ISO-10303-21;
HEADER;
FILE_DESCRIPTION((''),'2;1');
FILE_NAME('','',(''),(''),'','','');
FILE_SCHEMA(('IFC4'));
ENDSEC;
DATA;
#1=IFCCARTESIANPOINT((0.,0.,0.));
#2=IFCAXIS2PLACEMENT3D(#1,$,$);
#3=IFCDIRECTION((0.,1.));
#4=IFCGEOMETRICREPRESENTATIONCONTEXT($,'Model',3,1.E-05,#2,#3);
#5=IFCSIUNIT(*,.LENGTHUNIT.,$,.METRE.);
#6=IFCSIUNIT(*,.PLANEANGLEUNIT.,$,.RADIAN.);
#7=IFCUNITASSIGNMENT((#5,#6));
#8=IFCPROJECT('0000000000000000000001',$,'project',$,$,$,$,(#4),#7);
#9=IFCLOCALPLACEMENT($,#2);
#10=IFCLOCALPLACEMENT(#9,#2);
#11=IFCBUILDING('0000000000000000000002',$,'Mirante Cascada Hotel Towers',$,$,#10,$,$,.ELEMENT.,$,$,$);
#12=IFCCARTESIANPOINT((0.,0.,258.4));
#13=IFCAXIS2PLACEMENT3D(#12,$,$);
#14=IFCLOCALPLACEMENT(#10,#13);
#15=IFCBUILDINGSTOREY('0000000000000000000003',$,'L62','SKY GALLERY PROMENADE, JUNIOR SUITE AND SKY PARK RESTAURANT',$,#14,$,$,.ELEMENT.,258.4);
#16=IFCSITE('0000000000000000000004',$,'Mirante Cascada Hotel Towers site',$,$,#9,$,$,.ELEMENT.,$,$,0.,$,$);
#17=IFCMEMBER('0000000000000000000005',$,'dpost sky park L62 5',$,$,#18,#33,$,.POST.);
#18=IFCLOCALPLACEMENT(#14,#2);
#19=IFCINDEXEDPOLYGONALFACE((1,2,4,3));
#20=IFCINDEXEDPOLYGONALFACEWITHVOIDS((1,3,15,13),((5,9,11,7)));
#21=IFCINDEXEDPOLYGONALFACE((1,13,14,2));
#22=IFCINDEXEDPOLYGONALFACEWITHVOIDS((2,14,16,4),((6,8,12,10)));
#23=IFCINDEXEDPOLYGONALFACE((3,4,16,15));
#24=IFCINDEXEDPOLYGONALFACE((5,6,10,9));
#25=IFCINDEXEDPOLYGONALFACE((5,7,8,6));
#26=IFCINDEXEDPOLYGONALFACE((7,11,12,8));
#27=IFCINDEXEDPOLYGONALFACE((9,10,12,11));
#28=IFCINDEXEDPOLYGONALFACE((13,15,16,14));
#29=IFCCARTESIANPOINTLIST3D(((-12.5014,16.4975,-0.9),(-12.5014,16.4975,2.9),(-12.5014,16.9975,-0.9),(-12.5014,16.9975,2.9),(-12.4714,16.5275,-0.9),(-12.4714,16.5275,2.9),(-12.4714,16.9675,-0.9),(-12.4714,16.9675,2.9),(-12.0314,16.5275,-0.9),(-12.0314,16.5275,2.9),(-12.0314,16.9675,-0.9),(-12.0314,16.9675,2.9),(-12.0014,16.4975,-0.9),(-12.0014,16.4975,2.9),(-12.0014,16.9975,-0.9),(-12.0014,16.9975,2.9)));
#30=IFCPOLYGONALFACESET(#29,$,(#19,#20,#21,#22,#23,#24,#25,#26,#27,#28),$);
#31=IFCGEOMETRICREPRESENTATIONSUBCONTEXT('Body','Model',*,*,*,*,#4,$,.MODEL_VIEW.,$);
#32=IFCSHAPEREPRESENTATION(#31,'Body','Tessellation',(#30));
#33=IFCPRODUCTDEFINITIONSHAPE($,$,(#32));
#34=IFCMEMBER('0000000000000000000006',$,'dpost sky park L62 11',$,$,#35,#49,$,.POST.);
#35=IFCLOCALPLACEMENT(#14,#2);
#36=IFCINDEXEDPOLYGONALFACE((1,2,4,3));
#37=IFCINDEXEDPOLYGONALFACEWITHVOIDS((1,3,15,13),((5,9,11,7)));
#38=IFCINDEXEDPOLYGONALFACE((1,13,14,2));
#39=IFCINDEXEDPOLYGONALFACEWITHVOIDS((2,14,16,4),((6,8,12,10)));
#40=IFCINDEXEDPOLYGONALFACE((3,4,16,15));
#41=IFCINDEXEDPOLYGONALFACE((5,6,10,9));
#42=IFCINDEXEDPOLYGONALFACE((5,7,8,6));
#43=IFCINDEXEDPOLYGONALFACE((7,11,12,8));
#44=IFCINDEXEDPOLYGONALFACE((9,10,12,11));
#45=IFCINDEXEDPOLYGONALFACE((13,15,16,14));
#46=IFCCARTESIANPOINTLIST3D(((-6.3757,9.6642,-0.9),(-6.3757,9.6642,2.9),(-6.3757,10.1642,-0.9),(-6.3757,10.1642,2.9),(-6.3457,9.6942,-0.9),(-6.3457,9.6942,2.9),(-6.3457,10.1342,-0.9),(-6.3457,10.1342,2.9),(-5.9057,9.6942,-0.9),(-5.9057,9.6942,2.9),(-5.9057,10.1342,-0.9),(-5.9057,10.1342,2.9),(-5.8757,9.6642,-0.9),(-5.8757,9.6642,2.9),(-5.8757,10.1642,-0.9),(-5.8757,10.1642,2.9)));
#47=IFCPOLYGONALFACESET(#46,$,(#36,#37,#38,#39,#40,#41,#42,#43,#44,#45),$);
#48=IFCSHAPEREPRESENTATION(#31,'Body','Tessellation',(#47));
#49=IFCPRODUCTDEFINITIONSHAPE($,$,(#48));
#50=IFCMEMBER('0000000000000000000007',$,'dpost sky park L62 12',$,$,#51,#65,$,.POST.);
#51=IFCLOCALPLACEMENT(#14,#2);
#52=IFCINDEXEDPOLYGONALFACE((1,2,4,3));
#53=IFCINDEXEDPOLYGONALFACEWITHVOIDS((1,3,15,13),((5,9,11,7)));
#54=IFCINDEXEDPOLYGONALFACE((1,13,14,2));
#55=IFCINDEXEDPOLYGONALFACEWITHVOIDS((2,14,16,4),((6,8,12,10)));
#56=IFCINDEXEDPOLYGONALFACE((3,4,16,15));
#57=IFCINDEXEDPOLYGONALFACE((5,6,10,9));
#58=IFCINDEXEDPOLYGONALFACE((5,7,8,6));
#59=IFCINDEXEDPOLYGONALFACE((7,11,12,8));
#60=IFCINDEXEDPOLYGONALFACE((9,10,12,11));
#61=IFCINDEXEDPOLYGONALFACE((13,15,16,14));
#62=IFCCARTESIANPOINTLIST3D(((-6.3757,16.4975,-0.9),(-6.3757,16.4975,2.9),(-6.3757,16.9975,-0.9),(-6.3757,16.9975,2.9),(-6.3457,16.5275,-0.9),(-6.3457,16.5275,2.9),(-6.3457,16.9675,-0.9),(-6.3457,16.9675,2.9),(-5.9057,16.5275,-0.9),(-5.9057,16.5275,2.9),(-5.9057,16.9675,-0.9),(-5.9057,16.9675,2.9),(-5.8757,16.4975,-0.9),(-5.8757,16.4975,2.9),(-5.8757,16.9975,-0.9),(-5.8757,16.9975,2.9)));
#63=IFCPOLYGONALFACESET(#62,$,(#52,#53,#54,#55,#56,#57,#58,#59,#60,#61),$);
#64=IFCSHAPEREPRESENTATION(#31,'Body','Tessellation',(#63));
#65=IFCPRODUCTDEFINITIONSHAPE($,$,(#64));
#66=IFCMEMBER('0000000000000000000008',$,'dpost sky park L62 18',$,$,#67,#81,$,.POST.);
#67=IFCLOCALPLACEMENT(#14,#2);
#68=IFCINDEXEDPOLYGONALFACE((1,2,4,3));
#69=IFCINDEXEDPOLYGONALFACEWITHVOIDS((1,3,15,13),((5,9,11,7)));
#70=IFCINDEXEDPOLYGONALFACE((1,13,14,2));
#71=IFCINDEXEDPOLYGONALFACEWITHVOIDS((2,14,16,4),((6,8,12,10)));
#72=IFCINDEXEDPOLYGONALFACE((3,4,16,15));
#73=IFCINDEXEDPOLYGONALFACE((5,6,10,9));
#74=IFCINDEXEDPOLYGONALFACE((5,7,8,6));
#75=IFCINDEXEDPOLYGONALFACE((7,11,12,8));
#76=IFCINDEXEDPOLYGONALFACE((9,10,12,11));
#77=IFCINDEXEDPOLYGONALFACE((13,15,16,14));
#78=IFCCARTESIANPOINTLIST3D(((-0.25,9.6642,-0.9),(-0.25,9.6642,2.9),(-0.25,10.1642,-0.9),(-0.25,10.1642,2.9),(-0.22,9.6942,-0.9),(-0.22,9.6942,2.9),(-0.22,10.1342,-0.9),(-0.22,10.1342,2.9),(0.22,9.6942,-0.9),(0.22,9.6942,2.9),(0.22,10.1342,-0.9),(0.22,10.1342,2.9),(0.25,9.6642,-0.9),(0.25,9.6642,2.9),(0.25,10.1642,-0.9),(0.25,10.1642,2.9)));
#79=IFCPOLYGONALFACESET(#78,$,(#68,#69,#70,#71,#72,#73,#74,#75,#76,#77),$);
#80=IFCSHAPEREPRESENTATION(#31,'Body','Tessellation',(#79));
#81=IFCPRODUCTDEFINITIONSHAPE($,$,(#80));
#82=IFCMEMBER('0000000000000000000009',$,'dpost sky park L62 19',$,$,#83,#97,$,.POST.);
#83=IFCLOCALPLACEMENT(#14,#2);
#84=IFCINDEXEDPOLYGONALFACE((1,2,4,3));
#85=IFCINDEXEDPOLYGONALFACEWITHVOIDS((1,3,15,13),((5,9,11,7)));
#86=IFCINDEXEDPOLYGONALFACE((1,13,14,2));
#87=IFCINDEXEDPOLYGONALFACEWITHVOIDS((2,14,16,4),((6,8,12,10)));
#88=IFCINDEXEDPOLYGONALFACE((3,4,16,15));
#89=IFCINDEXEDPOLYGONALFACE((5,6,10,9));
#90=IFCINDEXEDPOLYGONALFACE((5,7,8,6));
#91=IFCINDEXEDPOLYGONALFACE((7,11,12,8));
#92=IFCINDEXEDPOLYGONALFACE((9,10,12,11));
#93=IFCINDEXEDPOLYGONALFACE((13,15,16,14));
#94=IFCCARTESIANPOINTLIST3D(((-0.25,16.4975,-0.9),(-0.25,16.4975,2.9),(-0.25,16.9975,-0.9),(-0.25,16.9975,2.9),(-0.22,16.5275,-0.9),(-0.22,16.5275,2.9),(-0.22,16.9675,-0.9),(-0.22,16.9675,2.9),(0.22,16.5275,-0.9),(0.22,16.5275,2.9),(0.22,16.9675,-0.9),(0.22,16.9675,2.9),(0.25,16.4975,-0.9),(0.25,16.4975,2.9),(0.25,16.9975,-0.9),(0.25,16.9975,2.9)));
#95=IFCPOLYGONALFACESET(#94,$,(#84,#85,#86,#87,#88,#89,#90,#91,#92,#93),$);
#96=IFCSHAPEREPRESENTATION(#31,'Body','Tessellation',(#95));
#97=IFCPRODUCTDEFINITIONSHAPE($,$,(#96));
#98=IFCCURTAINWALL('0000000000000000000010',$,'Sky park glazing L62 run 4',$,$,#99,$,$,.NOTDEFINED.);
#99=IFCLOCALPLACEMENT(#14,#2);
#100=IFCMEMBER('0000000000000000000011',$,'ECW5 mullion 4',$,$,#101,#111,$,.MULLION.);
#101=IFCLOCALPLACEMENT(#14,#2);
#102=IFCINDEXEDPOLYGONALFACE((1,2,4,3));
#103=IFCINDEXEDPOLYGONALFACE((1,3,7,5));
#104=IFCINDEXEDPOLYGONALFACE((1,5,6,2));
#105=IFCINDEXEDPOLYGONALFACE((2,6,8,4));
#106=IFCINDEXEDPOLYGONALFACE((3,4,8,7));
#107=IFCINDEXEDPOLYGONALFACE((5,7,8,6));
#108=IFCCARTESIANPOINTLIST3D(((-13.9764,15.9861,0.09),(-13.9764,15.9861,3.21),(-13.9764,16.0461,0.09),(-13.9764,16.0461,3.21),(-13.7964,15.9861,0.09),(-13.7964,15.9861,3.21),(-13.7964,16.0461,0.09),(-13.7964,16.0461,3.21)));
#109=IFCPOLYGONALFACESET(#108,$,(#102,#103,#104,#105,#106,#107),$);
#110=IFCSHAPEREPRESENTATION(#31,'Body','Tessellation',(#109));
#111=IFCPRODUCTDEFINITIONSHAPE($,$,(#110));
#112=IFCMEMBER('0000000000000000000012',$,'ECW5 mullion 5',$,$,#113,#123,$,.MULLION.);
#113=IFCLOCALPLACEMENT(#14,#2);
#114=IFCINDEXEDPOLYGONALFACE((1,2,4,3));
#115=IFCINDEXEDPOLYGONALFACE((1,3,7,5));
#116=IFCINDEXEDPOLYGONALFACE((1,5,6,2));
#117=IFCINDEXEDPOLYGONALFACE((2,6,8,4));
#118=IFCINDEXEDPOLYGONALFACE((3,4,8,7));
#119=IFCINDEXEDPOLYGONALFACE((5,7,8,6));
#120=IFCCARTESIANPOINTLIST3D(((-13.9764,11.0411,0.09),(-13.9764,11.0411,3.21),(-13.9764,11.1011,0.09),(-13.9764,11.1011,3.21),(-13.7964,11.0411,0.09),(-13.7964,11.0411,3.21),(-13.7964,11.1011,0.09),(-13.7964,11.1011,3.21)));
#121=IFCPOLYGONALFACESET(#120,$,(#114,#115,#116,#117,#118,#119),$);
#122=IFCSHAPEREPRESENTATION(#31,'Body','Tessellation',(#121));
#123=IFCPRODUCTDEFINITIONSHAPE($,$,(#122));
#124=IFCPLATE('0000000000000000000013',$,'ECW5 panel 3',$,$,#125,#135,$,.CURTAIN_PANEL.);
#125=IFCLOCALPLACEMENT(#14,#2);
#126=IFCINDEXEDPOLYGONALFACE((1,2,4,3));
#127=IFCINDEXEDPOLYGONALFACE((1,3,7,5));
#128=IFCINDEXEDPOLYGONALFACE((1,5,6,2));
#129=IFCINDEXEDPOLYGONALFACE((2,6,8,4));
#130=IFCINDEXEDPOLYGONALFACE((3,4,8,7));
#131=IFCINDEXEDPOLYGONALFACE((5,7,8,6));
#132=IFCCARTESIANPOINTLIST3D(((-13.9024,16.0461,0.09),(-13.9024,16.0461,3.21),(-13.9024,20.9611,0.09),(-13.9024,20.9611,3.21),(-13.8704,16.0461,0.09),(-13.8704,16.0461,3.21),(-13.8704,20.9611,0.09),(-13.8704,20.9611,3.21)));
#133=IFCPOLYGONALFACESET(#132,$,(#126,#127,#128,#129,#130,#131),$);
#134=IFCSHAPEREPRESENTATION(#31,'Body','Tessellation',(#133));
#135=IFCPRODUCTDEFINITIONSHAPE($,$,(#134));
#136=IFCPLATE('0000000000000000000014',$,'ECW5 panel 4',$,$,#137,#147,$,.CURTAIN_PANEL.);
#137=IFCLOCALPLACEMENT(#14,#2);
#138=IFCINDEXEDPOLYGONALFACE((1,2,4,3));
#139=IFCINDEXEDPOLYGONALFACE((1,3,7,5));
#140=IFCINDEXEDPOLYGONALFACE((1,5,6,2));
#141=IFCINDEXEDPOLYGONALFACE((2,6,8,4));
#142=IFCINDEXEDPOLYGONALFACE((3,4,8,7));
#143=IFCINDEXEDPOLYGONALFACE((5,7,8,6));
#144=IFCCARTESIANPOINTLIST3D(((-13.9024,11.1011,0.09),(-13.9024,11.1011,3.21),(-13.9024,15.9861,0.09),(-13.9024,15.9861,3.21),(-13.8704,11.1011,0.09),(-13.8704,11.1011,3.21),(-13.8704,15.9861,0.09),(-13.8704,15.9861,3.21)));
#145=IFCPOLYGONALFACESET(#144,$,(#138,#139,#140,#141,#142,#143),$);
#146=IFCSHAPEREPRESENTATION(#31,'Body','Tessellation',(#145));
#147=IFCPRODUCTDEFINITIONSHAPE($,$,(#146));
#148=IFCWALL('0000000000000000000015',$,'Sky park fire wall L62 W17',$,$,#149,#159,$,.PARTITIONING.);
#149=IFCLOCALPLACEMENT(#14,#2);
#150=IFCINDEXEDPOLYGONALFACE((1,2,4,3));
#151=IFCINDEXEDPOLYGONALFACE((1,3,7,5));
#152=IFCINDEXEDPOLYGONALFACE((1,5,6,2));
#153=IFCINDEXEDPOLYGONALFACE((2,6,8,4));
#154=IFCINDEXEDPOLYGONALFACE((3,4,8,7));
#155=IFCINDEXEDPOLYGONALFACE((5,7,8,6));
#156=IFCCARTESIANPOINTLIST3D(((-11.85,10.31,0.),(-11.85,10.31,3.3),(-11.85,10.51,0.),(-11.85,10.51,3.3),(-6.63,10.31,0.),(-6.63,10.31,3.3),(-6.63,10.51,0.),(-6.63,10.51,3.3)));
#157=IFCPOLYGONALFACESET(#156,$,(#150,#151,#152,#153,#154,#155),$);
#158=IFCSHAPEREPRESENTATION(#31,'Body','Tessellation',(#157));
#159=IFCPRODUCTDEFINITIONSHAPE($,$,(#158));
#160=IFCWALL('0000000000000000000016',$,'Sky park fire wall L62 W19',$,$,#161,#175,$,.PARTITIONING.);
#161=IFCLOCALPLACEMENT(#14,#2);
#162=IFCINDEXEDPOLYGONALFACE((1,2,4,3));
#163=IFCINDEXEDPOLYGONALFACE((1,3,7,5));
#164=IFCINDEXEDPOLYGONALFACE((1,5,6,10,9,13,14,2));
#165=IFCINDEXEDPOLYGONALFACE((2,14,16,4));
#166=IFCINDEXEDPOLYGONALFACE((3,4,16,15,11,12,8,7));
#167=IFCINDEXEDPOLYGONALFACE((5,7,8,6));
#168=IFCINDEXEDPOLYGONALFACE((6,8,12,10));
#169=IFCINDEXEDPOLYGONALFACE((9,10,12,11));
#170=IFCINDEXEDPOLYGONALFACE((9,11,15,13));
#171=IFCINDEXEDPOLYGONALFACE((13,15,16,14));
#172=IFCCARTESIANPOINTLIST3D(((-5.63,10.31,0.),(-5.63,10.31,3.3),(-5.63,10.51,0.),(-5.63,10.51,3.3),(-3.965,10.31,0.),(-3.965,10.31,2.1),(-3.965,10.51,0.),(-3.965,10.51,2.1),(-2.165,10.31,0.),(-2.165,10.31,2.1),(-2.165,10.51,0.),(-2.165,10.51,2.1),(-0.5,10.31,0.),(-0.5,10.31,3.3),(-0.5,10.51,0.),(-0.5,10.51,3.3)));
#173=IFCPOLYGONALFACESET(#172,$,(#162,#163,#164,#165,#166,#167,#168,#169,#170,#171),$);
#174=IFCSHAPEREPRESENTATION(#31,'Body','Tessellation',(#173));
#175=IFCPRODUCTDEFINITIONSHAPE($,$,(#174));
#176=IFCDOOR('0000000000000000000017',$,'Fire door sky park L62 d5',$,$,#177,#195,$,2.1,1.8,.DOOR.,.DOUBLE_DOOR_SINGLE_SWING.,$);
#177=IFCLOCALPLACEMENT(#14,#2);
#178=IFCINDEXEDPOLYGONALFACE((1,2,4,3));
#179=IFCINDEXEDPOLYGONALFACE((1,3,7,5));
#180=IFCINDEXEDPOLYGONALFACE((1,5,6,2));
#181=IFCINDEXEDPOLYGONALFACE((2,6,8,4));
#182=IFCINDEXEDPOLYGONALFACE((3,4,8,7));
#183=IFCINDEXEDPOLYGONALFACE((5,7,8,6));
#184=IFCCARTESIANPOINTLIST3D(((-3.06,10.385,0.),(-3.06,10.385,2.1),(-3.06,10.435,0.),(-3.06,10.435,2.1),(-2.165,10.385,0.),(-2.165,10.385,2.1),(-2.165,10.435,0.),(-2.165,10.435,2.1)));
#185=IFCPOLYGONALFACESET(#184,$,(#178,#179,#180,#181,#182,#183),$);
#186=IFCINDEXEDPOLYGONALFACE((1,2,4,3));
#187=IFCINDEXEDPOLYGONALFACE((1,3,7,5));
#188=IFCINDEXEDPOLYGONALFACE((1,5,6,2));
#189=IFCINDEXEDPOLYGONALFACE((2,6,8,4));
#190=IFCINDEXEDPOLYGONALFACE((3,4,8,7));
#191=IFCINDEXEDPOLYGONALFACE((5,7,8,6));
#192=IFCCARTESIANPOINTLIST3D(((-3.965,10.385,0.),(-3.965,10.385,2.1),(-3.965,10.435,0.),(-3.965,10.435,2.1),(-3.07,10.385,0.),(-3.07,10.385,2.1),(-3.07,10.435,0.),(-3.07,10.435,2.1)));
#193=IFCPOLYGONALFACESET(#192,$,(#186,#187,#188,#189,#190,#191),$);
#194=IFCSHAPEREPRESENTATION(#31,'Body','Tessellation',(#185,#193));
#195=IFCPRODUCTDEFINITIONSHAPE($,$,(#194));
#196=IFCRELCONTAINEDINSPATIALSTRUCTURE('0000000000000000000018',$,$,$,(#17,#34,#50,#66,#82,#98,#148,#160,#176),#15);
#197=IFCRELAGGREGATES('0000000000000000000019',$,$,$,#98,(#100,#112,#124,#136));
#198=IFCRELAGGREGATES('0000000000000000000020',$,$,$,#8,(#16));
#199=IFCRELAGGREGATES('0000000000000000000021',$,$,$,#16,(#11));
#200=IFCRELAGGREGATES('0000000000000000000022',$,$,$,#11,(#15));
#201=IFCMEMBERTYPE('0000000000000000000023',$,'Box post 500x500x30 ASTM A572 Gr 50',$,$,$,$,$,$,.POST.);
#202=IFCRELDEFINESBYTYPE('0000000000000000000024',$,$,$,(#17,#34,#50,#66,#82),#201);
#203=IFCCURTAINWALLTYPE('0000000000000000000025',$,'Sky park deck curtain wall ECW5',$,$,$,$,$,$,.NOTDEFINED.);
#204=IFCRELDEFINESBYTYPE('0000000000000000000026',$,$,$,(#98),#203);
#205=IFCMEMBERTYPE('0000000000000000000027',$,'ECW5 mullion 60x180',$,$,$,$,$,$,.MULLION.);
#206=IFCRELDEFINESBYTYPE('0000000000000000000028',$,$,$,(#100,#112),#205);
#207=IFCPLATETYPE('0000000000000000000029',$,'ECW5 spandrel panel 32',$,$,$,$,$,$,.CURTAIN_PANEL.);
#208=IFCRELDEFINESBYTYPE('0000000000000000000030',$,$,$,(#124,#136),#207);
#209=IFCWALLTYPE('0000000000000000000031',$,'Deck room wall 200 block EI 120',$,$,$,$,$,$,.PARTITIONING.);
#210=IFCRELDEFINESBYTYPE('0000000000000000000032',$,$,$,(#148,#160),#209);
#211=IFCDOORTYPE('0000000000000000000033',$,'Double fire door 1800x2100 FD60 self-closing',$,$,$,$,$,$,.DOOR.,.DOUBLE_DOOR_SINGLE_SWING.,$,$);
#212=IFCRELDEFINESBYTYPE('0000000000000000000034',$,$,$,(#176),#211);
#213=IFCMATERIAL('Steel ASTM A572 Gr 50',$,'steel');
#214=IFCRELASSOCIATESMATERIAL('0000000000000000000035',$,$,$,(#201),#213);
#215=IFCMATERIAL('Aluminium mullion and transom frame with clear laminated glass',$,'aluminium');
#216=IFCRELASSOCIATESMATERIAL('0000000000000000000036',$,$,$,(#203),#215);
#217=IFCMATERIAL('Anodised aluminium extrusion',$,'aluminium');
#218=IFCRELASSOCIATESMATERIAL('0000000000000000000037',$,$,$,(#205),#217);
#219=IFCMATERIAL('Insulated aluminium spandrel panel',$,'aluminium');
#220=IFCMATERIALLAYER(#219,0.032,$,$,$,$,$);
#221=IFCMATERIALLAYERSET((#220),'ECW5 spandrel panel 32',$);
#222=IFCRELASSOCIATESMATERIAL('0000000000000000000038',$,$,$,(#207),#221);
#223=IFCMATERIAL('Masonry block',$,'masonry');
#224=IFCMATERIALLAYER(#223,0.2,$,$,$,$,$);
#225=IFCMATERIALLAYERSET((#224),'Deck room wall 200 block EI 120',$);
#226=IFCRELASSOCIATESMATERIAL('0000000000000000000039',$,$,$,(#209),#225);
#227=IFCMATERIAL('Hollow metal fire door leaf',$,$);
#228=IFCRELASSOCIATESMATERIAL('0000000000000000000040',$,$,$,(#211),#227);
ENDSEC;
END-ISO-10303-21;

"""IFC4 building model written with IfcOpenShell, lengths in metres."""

from ifc_helpers import new_model, si_unit, direction, frame, frame_2d, origin, origin_2d, place, context, subcontext, project, spatial, rectangle, hollow_rectangle, extrude, material, layer, layer_set, material_profile, profile_set, type_object, element, fill, aggregate, save


model = new_model("IFC4")

# Units and contexts
model_context = context("Model", 3, precision=1e-05, world=origin(), true_north=direction((0.0, 1.0)))
body_context = subcontext(model_context, "Body", "Model", "MODEL_VIEW")
ifc_project = project(units=[si_unit("LENGTHUNIT", "METRE"), si_unit("PLANEANGLEUNIT", "RADIAN")], contexts=[model_context])

# Site, building, storey
site_placement = place(None, origin())
site = spatial("IfcSite", under=ifc_project, at=site_placement, Name="Mirante Cascada Hotel Towers site", CompositionType="ELEMENT", RefElevation=0.0)
building_placement = place(site_placement, origin())
building = spatial("IfcBuilding", under=site, at=building_placement, Name="Mirante Cascada Hotel Towers", CompositionType="ELEMENT")
storey_placement = place(building_placement, frame((0.0, 0.0, 258.4)))
storey = spatial("IfcBuildingStorey", under=building, at=storey_placement, Name="L62", Description="SKY GALLERY PROMENADE, JUNIOR SUITE AND SKY PARK RESTAURANT", CompositionType="ELEMENT", Elevation=258.4)

# Members
ifc_material_1 = material(Name="Steel ASTM A572 Gr 50", Category="steel")
ifc_material_profile_1 = material_profile(ifc_material_1, hollow_rectangle(XDim=0.5, YDim=0.5, WallThickness=0.03, at=origin_2d()), Name="Box post 500x500x30 ASTM A572 Gr 50")
ifc_profile_set_1 = profile_set([ifc_material_profile_1], Name="Steel ASTM A572 Gr 50")
member_type_1 = type_object("IfcMemberType", Name="Box post 500x500x30 ASTM A572 Gr 50", PredefinedType="POST", material=ifc_profile_set_1)
for number, where, z_axis, x_axis, name in (
    (1, (-12.2514, 16.7475, -0.9), (0.0, 0.0, 1.0), (1.0, 0.0, 0.0), "dpost sky park L62 5"),
    (2, (-6.1257, 9.9142, -0.9), (0.0, 0.0, 1.0), (1.0, 0.0, 0.0), "dpost sky park L62 11"),
    (3, (-6.1257, 16.7475, -0.9), (0.0, 0.0, 1.0), (1.0, 0.0, 0.0), "dpost sky park L62 12"),
    (4, (0.0, 9.9142, -0.9), (0.0, 0.0, 1.0), (1.0, 0.0, 0.0), "dpost sky park L62 18"),
    (5, (0.0, 16.7475, -0.9), (0.0, 0.0, 1.0), (1.0, 0.0, 0.0), "dpost sky park L62 19"),
):
    element("IfcMember", number, at=place(storey_placement, frame(where, z_axis=z_axis, x_axis=x_axis)), inside=storey, type_object=member_type_1, Name=name, PredefinedType="POST", context=body_context, shape_type="SweptSolid", body=[
        extrude(hollow_rectangle(XDim=0.5, YDim=0.5, WallThickness=0.03, at=origin_2d()), origin(), (0.0, 0.0, 1.0), 3.8),
    ])

# Curtain wall, members, plates
ifc_material_2 = material(Name="Aluminium mullion and transom frame with clear laminated glass", Category="aluminium")
curtain_wall_type = type_object("IfcCurtainWallType", Name="Sky park deck curtain wall ECW5", PredefinedType="NOTDEFINED", material=ifc_material_2)
curtain_wall_placement = place(storey_placement, origin())
curtain_wall = element("IfcCurtainWall", 6, at=curtain_wall_placement, inside=storey, type_object=curtain_wall_type, Name="Sky park glazing L62 run 4", PredefinedType="NOTDEFINED")
ifc_material_3 = material(Name="Anodised aluminium extrusion", Category="aluminium")
ifc_material_profile_2 = material_profile(ifc_material_3, rectangle(XDim=0.18, YDim=0.06, at=origin_2d()), Name="ECW5 MULLION 60x180")
ifc_profile_set_2 = profile_set([ifc_material_profile_2], Name="Anodised aluminium extrusion")
member_type_2 = type_object("IfcMemberType", Name="ECW5 mullion 60x180", PredefinedType="MULLION", material=ifc_profile_set_2)
member_1_placement = place(storey_placement, frame((-13.8864, 16.0161, 0.09), z_axis=(0.0, 0.0, 1.0), x_axis=(1.0, 0.0, 0.0)))
member_1 = element("IfcMember", 7, at=member_1_placement, type_object=member_type_2, Name="ECW5 mullion 4", PredefinedType="MULLION", context=body_context, shape_type="SweptSolid", body=[
    extrude(rectangle(XDim=0.18, YDim=0.06, at=origin_2d()), origin(), (0.0, 0.0, 1.0), 3.12),
])
member_2_placement = place(storey_placement, frame((-13.8864, 11.0711, 0.09), z_axis=(0.0, 0.0, 1.0), x_axis=(1.0, 0.0, 0.0)))
member_2 = element("IfcMember", 8, at=member_2_placement, type_object=member_type_2, Name="ECW5 mullion 5", PredefinedType="MULLION", context=body_context, shape_type="SweptSolid", body=[
    extrude(rectangle(XDim=0.18, YDim=0.06, at=origin_2d()), origin(), (0.0, 0.0, 1.0), 3.12),
])
ifc_material_4 = material(Name="Insulated aluminium spandrel panel", Category="aluminium")
ifc_layer_1 = layer(ifc_material_4, 0.032)
ifc_layer_set_1 = layer_set([ifc_layer_1], Name="ECW5 spandrel panel 32")
plate_type = type_object("IfcPlateType", Name="ECW5 spandrel panel 32", PredefinedType="CURTAIN_PANEL", material=ifc_layer_set_1)
plate_1_placement = place(storey_placement, frame((-13.8864, 18.5036, 0.09), z_axis=(0.0, 0.0, 1.0), x_axis=(0.0, -1.0, 0.0)))
plate_1 = element("IfcPlate", 9, at=plate_1_placement, type_object=plate_type, Name="ECW5 panel 3", PredefinedType="CURTAIN_PANEL", context=body_context, shape_type="SweptSolid", body=[
    extrude(rectangle(XDim=4.915, YDim=0.032, at=origin_2d()), origin(), (0.0, 0.0, 1.0), 3.12),
])
plate_2_placement = place(storey_placement, frame((-13.8864, 13.5436, 0.09), z_axis=(0.0, 0.0, 1.0), x_axis=(0.0, -1.0, 0.0)))
plate_2 = element("IfcPlate", 10, at=plate_2_placement, type_object=plate_type, Name="ECW5 panel 4", PredefinedType="CURTAIN_PANEL", context=body_context, shape_type="SweptSolid", body=[
    extrude(rectangle(XDim=4.885, YDim=0.032, at=origin_2d()), origin(), (0.0, 0.0, 1.0), 3.12),
])
aggregate(curtain_wall, [member_1, member_2, plate_1, plate_2])

# Wall
ifc_material_5 = material(Name="Masonry block", Category="masonry")
ifc_layer_2 = layer(ifc_material_5, 0.2)
ifc_layer_set_2 = layer_set([ifc_layer_2], Name="Deck room wall 200 block EI 120")
wall_type_1 = type_object("IfcWallType", Name="Deck room wall 200 block EI 120", PredefinedType="PARTITIONING", material=ifc_layer_set_2)
wall_1_placement = place(storey_placement, frame((-11.85, 10.41, 0.0), z_axis=(0.0, 0.0, 1.0), x_axis=(1.0, 0.0, 0.0)))
element("IfcWall", 11, at=wall_1_placement, inside=storey, type_object=wall_type_1, Name="Sky park fire wall L62 W17", PredefinedType="PARTITIONING", context=body_context, shape_type="SweptSolid", body=[
    extrude(rectangle(XDim=5.22, YDim=0.2, at=frame_2d((2.61, 0.0))), origin(), (0.0, 0.0, 1.0), 3.3),
])

# Wall, opening, door
wall_2_placement = place(storey_placement, frame((-5.63, 10.41, 0.0), z_axis=(0.0, 0.0, 1.0), x_axis=(1.0, 0.0, 0.0)))
wall_2 = element("IfcWall", 12, at=wall_2_placement, inside=storey, type_object=wall_type_1, Name="Sky park fire wall L62 W19", PredefinedType="PARTITIONING", context=body_context, shape_type="SweptSolid", body=[
    extrude(rectangle(XDim=5.13, YDim=0.2, at=frame_2d((2.565, 0.0))), origin(), (0.0, 0.0, 1.0), 3.3),
])
opening_1_placement = place(wall_2_placement, frame((1.665, 0.0, 0.0)))
opening_1 = element("IfcOpeningElement", 13, at=opening_1_placement, cuts=wall_2, PredefinedType="OPENING", context=body_context, shape_type="SweptSolid", body=[
    extrude(rectangle(XDim=1.8, YDim=2.1, at=frame_2d((0.9, 1.05))), frame((0.0, 0.1, 0.0), z_axis=(0.0, -1.0, 0.0), x_axis=(1.0, 0.0, 0.0)), (0.0, 0.0, 1.0), 0.2),
])
ifc_material_6 = material(Name="Hollow metal fire door leaf")
door_type_1 = type_object("IfcDoorType", Name="Double fire door 1800x2100 FD60 self-closing", OperationType="DOUBLE_DOOR_SINGLE_SWING", PredefinedType="DOOR", material=ifc_material_6)
door_1_placement = place(opening_1_placement, frame((1.8, 0.0, 0.0), z_axis=(0.0, 0.0, 1.0), x_axis=(-1.0, 0.0, 0.0)))
door_1 = element("IfcDoor", 14, at=door_1_placement, inside=storey, type_object=door_type_1, Name="Fire door sky park L62 d5", OperationType="DOUBLE_DOOR_SINGLE_SWING", OverallHeight=2.1, OverallWidth=1.8, PredefinedType="DOOR", context=body_context, shape_type="SweptSolid", body=[
    extrude(rectangle(XDim=0.895, YDim=2.1, at=frame_2d((0.4475, 1.05))), frame((0.0, 0.025, 0.0), z_axis=(0.0, -1.0, 0.0), x_axis=(1.0, 0.0, 0.0)), (0.0, 0.0, 1.0), 0.05),
    extrude(rectangle(XDim=0.895, YDim=2.1, at=frame_2d((1.3525, 1.05))), frame((0.0, 0.025, 0.0), z_axis=(0.0, -1.0, 0.0), x_axis=(1.0, 0.0, 0.0)), (0.0, 0.0, 1.0), 0.05),
])
fill(opening_1, door_1)

save(model, "model.ifc")
